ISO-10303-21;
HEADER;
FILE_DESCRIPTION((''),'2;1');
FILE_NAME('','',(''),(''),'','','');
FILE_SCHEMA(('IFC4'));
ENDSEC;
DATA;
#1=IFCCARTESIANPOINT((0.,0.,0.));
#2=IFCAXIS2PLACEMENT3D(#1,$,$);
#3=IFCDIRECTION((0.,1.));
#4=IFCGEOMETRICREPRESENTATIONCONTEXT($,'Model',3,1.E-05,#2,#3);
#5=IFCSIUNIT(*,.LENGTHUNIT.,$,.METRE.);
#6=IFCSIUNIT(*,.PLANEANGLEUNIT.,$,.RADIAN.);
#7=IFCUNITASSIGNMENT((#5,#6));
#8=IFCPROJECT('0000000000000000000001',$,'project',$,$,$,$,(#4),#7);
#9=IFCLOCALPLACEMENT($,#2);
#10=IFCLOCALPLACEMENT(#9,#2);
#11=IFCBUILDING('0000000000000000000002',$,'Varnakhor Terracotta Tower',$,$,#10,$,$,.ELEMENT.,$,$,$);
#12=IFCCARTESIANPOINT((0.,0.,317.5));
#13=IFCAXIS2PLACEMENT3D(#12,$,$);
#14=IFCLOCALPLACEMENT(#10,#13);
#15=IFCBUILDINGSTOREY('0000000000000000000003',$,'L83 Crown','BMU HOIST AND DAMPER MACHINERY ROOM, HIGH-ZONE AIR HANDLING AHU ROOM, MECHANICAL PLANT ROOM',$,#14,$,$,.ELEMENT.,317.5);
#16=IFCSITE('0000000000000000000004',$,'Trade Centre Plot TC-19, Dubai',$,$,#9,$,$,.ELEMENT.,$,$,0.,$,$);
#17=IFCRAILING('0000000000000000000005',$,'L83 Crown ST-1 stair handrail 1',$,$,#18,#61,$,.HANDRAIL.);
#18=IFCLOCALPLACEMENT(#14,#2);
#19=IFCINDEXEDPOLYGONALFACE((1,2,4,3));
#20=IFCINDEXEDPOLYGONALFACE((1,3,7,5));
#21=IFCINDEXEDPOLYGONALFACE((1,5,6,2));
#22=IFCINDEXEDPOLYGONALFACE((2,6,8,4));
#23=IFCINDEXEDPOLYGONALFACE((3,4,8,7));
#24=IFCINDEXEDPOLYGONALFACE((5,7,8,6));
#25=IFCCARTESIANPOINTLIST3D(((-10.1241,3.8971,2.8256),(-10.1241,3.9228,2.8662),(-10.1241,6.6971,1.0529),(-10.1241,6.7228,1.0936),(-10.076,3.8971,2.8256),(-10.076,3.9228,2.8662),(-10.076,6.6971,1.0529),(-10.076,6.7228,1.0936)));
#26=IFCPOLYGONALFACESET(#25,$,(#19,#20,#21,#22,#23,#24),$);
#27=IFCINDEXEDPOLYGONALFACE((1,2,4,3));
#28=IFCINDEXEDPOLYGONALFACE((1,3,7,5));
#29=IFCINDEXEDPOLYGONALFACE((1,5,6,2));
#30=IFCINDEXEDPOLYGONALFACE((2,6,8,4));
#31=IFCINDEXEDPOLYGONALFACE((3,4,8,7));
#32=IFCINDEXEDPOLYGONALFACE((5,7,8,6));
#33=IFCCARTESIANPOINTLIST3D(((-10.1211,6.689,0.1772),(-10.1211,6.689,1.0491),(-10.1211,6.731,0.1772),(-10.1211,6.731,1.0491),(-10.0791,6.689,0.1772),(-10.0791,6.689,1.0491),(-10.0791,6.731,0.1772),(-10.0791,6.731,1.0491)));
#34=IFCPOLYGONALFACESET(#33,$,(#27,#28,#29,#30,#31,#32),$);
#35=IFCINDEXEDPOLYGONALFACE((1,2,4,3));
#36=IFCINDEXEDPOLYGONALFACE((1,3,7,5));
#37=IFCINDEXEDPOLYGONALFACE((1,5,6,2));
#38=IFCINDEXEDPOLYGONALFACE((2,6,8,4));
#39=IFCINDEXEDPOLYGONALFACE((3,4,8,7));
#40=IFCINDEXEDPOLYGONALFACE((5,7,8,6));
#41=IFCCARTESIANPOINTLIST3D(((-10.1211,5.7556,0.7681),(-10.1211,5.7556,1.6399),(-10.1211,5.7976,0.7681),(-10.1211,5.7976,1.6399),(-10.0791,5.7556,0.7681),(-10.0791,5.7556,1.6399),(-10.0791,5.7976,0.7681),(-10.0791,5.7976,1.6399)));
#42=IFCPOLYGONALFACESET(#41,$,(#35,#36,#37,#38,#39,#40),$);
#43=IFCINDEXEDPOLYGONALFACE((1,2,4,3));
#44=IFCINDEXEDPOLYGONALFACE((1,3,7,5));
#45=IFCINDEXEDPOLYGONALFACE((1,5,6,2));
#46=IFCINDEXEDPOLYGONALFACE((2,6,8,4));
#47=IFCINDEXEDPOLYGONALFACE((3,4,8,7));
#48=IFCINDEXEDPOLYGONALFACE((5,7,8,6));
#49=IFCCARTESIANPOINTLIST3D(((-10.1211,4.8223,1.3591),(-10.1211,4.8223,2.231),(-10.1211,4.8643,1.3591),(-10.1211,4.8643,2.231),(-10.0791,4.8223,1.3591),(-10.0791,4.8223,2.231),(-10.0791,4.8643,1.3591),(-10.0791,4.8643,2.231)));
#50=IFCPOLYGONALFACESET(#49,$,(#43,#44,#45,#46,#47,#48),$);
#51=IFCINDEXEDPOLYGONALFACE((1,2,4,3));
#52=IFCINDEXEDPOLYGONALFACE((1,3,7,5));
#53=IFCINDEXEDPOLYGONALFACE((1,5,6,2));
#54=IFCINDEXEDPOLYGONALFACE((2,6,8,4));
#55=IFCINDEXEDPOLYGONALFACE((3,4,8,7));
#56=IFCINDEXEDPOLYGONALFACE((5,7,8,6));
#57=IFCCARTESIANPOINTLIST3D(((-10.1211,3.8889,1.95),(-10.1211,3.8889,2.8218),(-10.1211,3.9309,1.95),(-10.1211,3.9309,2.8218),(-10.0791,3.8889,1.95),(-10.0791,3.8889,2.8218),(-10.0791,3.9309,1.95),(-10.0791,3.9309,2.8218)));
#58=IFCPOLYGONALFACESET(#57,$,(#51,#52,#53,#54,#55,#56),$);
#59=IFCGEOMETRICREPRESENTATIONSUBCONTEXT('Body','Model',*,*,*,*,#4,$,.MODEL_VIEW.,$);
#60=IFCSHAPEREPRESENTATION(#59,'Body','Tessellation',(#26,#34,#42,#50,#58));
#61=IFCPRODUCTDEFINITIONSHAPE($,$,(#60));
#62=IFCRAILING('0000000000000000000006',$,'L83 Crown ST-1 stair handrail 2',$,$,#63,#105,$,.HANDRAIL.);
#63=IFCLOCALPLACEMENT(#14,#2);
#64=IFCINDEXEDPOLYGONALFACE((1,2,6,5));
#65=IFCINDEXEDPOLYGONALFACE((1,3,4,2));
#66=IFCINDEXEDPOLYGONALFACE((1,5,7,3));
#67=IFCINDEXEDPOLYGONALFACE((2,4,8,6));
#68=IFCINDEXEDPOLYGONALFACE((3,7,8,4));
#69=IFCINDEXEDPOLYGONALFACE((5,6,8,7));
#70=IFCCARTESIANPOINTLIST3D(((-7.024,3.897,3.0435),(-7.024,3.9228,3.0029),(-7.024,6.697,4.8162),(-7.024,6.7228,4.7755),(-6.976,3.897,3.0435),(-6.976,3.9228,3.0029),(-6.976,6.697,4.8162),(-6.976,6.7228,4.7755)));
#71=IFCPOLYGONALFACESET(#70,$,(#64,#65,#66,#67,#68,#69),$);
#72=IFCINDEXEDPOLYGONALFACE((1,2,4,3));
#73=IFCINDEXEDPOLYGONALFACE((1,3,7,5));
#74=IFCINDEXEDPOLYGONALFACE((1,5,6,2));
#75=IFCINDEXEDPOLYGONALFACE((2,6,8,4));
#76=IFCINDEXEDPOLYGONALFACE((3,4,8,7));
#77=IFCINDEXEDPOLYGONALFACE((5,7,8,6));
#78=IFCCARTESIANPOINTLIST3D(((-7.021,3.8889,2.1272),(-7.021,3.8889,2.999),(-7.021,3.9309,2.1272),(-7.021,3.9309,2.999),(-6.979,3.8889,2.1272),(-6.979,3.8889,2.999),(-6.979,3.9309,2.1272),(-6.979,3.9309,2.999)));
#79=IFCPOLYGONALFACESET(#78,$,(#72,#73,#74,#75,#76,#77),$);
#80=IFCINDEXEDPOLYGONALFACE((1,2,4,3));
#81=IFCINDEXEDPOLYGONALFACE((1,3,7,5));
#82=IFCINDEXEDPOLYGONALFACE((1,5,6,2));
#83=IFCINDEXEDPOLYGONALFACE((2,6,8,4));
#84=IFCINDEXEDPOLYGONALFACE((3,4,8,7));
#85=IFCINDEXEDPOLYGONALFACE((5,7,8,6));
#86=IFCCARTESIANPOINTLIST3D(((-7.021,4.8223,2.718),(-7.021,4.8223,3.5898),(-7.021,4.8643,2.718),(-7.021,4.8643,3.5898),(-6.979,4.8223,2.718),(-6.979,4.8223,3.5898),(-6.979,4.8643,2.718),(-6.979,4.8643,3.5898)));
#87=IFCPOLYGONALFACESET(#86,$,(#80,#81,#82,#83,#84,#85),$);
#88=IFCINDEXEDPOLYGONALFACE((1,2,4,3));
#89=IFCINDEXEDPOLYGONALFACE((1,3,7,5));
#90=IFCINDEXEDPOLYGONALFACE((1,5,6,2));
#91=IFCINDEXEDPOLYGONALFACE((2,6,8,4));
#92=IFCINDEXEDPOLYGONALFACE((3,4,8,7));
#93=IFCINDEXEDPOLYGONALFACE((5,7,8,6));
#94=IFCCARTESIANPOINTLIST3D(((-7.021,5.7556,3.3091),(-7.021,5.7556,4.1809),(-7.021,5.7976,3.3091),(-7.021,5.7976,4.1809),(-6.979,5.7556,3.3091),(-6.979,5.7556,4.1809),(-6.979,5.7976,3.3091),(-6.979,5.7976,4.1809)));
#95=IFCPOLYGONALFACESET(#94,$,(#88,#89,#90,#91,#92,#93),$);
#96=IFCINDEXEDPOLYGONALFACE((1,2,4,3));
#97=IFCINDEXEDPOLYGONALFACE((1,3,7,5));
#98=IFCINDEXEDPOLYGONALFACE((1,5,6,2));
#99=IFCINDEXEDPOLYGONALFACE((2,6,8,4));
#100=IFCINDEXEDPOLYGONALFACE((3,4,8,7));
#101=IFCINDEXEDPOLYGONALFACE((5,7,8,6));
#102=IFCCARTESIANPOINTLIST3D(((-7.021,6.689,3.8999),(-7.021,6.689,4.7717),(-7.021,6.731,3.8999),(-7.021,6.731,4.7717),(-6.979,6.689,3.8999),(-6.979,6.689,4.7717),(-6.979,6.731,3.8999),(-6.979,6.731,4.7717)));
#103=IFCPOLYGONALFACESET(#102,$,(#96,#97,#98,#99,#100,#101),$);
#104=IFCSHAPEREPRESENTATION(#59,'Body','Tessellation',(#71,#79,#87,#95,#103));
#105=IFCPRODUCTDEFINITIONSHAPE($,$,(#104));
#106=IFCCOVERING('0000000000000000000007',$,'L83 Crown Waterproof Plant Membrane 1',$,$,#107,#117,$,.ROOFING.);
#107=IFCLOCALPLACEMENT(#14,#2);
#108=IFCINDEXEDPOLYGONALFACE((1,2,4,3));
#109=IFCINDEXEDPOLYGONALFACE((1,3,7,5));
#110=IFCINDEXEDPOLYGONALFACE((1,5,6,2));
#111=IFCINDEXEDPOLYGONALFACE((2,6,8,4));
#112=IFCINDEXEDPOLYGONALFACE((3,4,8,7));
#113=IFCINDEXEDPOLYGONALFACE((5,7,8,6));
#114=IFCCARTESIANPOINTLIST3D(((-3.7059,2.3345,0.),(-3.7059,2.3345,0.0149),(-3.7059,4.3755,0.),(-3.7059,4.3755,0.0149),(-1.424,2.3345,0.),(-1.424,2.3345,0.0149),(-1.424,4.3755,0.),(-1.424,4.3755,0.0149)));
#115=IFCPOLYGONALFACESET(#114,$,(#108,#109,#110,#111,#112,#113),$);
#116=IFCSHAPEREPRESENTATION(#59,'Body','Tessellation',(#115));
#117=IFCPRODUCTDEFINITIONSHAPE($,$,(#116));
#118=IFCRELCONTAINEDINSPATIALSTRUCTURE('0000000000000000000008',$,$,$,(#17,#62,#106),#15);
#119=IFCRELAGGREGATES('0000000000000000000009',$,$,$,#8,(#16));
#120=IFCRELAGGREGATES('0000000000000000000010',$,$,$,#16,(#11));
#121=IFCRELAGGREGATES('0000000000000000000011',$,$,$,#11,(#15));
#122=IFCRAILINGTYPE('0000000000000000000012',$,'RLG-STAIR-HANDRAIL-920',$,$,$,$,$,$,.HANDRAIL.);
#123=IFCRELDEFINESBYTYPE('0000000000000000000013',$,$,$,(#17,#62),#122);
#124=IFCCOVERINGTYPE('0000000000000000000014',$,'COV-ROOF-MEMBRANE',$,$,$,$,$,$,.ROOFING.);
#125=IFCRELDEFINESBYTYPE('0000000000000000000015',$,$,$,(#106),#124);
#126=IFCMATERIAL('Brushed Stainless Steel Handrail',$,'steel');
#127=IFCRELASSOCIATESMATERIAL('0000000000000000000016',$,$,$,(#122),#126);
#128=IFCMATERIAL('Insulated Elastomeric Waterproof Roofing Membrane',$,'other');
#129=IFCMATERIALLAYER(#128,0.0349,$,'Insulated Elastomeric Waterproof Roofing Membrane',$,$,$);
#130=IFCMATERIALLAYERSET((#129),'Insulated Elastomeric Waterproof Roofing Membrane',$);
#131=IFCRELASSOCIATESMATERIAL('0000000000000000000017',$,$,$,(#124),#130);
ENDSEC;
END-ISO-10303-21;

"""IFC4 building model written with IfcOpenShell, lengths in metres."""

from ifc_helpers import new_model, si_unit, direction, frame, origin, origin_2d, place, context, subcontext, project, spatial, rectangle, extrude, source, transform, mapped, material, layer, layer_set, type_object, element, save


model = new_model("IFC4")

# Units and contexts
model_context = context("Model", 3, precision=1e-05, world=origin(), true_north=direction((0.0, 1.0)))
body_context = subcontext(model_context, "Body", "Model", "MODEL_VIEW")
ifc_project = project(units=[si_unit("LENGTHUNIT", "METRE"), si_unit("PLANEANGLEUNIT", "RADIAN")], contexts=[model_context])

# Site, building, storey
site_placement = place(None, origin())
site = spatial("IfcSite", under=ifc_project, at=site_placement, Name="Trade Centre Plot TC-19, Dubai", CompositionType="ELEMENT", RefElevation=0.0)
building_placement = place(site_placement, origin())
building = spatial("IfcBuilding", under=site, at=building_placement, Name="Varnakhor Terracotta Tower", CompositionType="ELEMENT")
storey_placement = place(building_placement, frame((0.0, 0.0, 317.5)))
storey = spatial("IfcBuildingStorey", under=building, at=storey_placement, Name="L83 Crown", Description="BMU HOIST AND DAMPER MACHINERY ROOM, HIGH-ZONE AIR HANDLING AHU ROOM, MECHANICAL PLANT ROOM", CompositionType="ELEMENT", Elevation=317.5)

# Railings
ifc_material_1 = material(Name="Brushed Stainless Steel Handrail", Category="steel")
railing_type_1 = type_object("IfcRailingType", Name="RLG-STAIR-HANDRAIL-920", PredefinedType="HANDRAIL", material=ifc_material_1)
railing_1_placement = place(storey_placement, frame((-10.1001, 6.71, 0.1772)))
element("IfcRailing", 1, at=railing_1_placement, inside=storey, type_object=railing_type_1, Name="L83 Crown ST-1 stair handrail 1", PredefinedType="HANDRAIL", context=body_context, shape_type="SweptSolid", body=[
    extrude(rectangle(XDim=0.0481, YDim=0.0481, at=origin_2d()), frame((0.0, 0.0, 0.896), z_axis=(0.0, -0.844909, 0.53491), x_axis=(1.0, 0.0, 0.0)), (0.0, 0.0, 1.0), 3.314),
    extrude(rectangle(XDim=0.042, YDim=0.042, at=origin_2d()), origin(), (0.0, 0.0, 1.0), 0.8718),
    extrude(rectangle(XDim=0.042, YDim=0.042, at=origin_2d()), frame((0.0, -0.9333, 0.5908)), (0.0, 0.0, 1.0), 0.8718),
    extrude(rectangle(XDim=0.042, YDim=0.042, at=origin_2d()), frame((0.0, -1.8667, 1.1819)), (0.0, 0.0, 1.0), 0.8718),
    extrude(rectangle(XDim=0.042, YDim=0.042, at=origin_2d()), frame((0.0, -2.8, 1.7727)), (0.0, 0.0, 1.0), 0.8718),
])
railing_2_placement = place(storey_placement, frame((-7.0, 3.9099, 2.1272)))
element("IfcRailing", 2, at=railing_2_placement, inside=storey, type_object=railing_type_1, Name="L83 Crown ST-1 stair handrail 2", PredefinedType="HANDRAIL", context=body_context, shape_type="SweptSolid", body=[
    extrude(rectangle(XDim=0.0481, YDim=0.0481, at=origin_2d()), frame((0.0, 0.0, 0.896), z_axis=(0.0, 0.844909, 0.53491), x_axis=(-1.0, 0.0, 0.0)), (0.0, 0.0, 1.0), 3.314),
    extrude(rectangle(XDim=0.042, YDim=0.042, at=origin_2d()), origin(), (0.0, 0.0, 1.0), 0.8718),
    extrude(rectangle(XDim=0.042, YDim=0.042, at=origin_2d()), frame((0.0, 0.9333, 0.5908)), (0.0, 0.0, 1.0), 0.8718),
    extrude(rectangle(XDim=0.042, YDim=0.042, at=origin_2d()), frame((0.0, 1.8667, 1.1819)), (0.0, 0.0, 1.0), 0.8718),
    extrude(rectangle(XDim=0.042, YDim=0.042, at=origin_2d()), frame((0.0, 2.8, 1.7727)), (0.0, 0.0, 1.0), 0.8718),
])

# Covering
ifc_material_2 = material(Name="Insulated Elastomeric Waterproof Roofing Membrane", Category="other")
ifc_layer_1 = layer(ifc_material_2, 0.0349, Name="Insulated Elastomeric Waterproof Roofing Membrane")
ifc_layer_set_1 = layer_set([ifc_layer_1], Name="Insulated Elastomeric Waterproof Roofing Membrane")
covering_type = type_object("IfcCoveringType", Name="COV-ROOF-MEMBRANE", PredefinedType="ROOFING", material=ifc_layer_set_1)
shared_shape_1 = source(origin(), body_context, "Body", "SweptSolid", [
    extrude(rectangle(XDim=2.282, YDim=2.041, at=origin_2d()), origin(), (0.0, 0.0, 1.0), 0.0149),
])
covering_placement = place(storey_placement, frame((-2.5649, 3.355, 0.0), z_axis=(0.0, 0.0, 1.0), x_axis=(1.0, 0.0, 0.0)))
element("IfcCovering", 3, at=covering_placement, inside=storey, type_object=covering_type, Name="L83 Crown Waterproof Plant Membrane 1", PredefinedType="ROOFING", context=body_context, shape_type="MappedRepresentation", body=[
    mapped(shared_shape_1, transform((0.0, 0.0, 0.0), scale=1.0)),
])

save(model, "model.ifc")
